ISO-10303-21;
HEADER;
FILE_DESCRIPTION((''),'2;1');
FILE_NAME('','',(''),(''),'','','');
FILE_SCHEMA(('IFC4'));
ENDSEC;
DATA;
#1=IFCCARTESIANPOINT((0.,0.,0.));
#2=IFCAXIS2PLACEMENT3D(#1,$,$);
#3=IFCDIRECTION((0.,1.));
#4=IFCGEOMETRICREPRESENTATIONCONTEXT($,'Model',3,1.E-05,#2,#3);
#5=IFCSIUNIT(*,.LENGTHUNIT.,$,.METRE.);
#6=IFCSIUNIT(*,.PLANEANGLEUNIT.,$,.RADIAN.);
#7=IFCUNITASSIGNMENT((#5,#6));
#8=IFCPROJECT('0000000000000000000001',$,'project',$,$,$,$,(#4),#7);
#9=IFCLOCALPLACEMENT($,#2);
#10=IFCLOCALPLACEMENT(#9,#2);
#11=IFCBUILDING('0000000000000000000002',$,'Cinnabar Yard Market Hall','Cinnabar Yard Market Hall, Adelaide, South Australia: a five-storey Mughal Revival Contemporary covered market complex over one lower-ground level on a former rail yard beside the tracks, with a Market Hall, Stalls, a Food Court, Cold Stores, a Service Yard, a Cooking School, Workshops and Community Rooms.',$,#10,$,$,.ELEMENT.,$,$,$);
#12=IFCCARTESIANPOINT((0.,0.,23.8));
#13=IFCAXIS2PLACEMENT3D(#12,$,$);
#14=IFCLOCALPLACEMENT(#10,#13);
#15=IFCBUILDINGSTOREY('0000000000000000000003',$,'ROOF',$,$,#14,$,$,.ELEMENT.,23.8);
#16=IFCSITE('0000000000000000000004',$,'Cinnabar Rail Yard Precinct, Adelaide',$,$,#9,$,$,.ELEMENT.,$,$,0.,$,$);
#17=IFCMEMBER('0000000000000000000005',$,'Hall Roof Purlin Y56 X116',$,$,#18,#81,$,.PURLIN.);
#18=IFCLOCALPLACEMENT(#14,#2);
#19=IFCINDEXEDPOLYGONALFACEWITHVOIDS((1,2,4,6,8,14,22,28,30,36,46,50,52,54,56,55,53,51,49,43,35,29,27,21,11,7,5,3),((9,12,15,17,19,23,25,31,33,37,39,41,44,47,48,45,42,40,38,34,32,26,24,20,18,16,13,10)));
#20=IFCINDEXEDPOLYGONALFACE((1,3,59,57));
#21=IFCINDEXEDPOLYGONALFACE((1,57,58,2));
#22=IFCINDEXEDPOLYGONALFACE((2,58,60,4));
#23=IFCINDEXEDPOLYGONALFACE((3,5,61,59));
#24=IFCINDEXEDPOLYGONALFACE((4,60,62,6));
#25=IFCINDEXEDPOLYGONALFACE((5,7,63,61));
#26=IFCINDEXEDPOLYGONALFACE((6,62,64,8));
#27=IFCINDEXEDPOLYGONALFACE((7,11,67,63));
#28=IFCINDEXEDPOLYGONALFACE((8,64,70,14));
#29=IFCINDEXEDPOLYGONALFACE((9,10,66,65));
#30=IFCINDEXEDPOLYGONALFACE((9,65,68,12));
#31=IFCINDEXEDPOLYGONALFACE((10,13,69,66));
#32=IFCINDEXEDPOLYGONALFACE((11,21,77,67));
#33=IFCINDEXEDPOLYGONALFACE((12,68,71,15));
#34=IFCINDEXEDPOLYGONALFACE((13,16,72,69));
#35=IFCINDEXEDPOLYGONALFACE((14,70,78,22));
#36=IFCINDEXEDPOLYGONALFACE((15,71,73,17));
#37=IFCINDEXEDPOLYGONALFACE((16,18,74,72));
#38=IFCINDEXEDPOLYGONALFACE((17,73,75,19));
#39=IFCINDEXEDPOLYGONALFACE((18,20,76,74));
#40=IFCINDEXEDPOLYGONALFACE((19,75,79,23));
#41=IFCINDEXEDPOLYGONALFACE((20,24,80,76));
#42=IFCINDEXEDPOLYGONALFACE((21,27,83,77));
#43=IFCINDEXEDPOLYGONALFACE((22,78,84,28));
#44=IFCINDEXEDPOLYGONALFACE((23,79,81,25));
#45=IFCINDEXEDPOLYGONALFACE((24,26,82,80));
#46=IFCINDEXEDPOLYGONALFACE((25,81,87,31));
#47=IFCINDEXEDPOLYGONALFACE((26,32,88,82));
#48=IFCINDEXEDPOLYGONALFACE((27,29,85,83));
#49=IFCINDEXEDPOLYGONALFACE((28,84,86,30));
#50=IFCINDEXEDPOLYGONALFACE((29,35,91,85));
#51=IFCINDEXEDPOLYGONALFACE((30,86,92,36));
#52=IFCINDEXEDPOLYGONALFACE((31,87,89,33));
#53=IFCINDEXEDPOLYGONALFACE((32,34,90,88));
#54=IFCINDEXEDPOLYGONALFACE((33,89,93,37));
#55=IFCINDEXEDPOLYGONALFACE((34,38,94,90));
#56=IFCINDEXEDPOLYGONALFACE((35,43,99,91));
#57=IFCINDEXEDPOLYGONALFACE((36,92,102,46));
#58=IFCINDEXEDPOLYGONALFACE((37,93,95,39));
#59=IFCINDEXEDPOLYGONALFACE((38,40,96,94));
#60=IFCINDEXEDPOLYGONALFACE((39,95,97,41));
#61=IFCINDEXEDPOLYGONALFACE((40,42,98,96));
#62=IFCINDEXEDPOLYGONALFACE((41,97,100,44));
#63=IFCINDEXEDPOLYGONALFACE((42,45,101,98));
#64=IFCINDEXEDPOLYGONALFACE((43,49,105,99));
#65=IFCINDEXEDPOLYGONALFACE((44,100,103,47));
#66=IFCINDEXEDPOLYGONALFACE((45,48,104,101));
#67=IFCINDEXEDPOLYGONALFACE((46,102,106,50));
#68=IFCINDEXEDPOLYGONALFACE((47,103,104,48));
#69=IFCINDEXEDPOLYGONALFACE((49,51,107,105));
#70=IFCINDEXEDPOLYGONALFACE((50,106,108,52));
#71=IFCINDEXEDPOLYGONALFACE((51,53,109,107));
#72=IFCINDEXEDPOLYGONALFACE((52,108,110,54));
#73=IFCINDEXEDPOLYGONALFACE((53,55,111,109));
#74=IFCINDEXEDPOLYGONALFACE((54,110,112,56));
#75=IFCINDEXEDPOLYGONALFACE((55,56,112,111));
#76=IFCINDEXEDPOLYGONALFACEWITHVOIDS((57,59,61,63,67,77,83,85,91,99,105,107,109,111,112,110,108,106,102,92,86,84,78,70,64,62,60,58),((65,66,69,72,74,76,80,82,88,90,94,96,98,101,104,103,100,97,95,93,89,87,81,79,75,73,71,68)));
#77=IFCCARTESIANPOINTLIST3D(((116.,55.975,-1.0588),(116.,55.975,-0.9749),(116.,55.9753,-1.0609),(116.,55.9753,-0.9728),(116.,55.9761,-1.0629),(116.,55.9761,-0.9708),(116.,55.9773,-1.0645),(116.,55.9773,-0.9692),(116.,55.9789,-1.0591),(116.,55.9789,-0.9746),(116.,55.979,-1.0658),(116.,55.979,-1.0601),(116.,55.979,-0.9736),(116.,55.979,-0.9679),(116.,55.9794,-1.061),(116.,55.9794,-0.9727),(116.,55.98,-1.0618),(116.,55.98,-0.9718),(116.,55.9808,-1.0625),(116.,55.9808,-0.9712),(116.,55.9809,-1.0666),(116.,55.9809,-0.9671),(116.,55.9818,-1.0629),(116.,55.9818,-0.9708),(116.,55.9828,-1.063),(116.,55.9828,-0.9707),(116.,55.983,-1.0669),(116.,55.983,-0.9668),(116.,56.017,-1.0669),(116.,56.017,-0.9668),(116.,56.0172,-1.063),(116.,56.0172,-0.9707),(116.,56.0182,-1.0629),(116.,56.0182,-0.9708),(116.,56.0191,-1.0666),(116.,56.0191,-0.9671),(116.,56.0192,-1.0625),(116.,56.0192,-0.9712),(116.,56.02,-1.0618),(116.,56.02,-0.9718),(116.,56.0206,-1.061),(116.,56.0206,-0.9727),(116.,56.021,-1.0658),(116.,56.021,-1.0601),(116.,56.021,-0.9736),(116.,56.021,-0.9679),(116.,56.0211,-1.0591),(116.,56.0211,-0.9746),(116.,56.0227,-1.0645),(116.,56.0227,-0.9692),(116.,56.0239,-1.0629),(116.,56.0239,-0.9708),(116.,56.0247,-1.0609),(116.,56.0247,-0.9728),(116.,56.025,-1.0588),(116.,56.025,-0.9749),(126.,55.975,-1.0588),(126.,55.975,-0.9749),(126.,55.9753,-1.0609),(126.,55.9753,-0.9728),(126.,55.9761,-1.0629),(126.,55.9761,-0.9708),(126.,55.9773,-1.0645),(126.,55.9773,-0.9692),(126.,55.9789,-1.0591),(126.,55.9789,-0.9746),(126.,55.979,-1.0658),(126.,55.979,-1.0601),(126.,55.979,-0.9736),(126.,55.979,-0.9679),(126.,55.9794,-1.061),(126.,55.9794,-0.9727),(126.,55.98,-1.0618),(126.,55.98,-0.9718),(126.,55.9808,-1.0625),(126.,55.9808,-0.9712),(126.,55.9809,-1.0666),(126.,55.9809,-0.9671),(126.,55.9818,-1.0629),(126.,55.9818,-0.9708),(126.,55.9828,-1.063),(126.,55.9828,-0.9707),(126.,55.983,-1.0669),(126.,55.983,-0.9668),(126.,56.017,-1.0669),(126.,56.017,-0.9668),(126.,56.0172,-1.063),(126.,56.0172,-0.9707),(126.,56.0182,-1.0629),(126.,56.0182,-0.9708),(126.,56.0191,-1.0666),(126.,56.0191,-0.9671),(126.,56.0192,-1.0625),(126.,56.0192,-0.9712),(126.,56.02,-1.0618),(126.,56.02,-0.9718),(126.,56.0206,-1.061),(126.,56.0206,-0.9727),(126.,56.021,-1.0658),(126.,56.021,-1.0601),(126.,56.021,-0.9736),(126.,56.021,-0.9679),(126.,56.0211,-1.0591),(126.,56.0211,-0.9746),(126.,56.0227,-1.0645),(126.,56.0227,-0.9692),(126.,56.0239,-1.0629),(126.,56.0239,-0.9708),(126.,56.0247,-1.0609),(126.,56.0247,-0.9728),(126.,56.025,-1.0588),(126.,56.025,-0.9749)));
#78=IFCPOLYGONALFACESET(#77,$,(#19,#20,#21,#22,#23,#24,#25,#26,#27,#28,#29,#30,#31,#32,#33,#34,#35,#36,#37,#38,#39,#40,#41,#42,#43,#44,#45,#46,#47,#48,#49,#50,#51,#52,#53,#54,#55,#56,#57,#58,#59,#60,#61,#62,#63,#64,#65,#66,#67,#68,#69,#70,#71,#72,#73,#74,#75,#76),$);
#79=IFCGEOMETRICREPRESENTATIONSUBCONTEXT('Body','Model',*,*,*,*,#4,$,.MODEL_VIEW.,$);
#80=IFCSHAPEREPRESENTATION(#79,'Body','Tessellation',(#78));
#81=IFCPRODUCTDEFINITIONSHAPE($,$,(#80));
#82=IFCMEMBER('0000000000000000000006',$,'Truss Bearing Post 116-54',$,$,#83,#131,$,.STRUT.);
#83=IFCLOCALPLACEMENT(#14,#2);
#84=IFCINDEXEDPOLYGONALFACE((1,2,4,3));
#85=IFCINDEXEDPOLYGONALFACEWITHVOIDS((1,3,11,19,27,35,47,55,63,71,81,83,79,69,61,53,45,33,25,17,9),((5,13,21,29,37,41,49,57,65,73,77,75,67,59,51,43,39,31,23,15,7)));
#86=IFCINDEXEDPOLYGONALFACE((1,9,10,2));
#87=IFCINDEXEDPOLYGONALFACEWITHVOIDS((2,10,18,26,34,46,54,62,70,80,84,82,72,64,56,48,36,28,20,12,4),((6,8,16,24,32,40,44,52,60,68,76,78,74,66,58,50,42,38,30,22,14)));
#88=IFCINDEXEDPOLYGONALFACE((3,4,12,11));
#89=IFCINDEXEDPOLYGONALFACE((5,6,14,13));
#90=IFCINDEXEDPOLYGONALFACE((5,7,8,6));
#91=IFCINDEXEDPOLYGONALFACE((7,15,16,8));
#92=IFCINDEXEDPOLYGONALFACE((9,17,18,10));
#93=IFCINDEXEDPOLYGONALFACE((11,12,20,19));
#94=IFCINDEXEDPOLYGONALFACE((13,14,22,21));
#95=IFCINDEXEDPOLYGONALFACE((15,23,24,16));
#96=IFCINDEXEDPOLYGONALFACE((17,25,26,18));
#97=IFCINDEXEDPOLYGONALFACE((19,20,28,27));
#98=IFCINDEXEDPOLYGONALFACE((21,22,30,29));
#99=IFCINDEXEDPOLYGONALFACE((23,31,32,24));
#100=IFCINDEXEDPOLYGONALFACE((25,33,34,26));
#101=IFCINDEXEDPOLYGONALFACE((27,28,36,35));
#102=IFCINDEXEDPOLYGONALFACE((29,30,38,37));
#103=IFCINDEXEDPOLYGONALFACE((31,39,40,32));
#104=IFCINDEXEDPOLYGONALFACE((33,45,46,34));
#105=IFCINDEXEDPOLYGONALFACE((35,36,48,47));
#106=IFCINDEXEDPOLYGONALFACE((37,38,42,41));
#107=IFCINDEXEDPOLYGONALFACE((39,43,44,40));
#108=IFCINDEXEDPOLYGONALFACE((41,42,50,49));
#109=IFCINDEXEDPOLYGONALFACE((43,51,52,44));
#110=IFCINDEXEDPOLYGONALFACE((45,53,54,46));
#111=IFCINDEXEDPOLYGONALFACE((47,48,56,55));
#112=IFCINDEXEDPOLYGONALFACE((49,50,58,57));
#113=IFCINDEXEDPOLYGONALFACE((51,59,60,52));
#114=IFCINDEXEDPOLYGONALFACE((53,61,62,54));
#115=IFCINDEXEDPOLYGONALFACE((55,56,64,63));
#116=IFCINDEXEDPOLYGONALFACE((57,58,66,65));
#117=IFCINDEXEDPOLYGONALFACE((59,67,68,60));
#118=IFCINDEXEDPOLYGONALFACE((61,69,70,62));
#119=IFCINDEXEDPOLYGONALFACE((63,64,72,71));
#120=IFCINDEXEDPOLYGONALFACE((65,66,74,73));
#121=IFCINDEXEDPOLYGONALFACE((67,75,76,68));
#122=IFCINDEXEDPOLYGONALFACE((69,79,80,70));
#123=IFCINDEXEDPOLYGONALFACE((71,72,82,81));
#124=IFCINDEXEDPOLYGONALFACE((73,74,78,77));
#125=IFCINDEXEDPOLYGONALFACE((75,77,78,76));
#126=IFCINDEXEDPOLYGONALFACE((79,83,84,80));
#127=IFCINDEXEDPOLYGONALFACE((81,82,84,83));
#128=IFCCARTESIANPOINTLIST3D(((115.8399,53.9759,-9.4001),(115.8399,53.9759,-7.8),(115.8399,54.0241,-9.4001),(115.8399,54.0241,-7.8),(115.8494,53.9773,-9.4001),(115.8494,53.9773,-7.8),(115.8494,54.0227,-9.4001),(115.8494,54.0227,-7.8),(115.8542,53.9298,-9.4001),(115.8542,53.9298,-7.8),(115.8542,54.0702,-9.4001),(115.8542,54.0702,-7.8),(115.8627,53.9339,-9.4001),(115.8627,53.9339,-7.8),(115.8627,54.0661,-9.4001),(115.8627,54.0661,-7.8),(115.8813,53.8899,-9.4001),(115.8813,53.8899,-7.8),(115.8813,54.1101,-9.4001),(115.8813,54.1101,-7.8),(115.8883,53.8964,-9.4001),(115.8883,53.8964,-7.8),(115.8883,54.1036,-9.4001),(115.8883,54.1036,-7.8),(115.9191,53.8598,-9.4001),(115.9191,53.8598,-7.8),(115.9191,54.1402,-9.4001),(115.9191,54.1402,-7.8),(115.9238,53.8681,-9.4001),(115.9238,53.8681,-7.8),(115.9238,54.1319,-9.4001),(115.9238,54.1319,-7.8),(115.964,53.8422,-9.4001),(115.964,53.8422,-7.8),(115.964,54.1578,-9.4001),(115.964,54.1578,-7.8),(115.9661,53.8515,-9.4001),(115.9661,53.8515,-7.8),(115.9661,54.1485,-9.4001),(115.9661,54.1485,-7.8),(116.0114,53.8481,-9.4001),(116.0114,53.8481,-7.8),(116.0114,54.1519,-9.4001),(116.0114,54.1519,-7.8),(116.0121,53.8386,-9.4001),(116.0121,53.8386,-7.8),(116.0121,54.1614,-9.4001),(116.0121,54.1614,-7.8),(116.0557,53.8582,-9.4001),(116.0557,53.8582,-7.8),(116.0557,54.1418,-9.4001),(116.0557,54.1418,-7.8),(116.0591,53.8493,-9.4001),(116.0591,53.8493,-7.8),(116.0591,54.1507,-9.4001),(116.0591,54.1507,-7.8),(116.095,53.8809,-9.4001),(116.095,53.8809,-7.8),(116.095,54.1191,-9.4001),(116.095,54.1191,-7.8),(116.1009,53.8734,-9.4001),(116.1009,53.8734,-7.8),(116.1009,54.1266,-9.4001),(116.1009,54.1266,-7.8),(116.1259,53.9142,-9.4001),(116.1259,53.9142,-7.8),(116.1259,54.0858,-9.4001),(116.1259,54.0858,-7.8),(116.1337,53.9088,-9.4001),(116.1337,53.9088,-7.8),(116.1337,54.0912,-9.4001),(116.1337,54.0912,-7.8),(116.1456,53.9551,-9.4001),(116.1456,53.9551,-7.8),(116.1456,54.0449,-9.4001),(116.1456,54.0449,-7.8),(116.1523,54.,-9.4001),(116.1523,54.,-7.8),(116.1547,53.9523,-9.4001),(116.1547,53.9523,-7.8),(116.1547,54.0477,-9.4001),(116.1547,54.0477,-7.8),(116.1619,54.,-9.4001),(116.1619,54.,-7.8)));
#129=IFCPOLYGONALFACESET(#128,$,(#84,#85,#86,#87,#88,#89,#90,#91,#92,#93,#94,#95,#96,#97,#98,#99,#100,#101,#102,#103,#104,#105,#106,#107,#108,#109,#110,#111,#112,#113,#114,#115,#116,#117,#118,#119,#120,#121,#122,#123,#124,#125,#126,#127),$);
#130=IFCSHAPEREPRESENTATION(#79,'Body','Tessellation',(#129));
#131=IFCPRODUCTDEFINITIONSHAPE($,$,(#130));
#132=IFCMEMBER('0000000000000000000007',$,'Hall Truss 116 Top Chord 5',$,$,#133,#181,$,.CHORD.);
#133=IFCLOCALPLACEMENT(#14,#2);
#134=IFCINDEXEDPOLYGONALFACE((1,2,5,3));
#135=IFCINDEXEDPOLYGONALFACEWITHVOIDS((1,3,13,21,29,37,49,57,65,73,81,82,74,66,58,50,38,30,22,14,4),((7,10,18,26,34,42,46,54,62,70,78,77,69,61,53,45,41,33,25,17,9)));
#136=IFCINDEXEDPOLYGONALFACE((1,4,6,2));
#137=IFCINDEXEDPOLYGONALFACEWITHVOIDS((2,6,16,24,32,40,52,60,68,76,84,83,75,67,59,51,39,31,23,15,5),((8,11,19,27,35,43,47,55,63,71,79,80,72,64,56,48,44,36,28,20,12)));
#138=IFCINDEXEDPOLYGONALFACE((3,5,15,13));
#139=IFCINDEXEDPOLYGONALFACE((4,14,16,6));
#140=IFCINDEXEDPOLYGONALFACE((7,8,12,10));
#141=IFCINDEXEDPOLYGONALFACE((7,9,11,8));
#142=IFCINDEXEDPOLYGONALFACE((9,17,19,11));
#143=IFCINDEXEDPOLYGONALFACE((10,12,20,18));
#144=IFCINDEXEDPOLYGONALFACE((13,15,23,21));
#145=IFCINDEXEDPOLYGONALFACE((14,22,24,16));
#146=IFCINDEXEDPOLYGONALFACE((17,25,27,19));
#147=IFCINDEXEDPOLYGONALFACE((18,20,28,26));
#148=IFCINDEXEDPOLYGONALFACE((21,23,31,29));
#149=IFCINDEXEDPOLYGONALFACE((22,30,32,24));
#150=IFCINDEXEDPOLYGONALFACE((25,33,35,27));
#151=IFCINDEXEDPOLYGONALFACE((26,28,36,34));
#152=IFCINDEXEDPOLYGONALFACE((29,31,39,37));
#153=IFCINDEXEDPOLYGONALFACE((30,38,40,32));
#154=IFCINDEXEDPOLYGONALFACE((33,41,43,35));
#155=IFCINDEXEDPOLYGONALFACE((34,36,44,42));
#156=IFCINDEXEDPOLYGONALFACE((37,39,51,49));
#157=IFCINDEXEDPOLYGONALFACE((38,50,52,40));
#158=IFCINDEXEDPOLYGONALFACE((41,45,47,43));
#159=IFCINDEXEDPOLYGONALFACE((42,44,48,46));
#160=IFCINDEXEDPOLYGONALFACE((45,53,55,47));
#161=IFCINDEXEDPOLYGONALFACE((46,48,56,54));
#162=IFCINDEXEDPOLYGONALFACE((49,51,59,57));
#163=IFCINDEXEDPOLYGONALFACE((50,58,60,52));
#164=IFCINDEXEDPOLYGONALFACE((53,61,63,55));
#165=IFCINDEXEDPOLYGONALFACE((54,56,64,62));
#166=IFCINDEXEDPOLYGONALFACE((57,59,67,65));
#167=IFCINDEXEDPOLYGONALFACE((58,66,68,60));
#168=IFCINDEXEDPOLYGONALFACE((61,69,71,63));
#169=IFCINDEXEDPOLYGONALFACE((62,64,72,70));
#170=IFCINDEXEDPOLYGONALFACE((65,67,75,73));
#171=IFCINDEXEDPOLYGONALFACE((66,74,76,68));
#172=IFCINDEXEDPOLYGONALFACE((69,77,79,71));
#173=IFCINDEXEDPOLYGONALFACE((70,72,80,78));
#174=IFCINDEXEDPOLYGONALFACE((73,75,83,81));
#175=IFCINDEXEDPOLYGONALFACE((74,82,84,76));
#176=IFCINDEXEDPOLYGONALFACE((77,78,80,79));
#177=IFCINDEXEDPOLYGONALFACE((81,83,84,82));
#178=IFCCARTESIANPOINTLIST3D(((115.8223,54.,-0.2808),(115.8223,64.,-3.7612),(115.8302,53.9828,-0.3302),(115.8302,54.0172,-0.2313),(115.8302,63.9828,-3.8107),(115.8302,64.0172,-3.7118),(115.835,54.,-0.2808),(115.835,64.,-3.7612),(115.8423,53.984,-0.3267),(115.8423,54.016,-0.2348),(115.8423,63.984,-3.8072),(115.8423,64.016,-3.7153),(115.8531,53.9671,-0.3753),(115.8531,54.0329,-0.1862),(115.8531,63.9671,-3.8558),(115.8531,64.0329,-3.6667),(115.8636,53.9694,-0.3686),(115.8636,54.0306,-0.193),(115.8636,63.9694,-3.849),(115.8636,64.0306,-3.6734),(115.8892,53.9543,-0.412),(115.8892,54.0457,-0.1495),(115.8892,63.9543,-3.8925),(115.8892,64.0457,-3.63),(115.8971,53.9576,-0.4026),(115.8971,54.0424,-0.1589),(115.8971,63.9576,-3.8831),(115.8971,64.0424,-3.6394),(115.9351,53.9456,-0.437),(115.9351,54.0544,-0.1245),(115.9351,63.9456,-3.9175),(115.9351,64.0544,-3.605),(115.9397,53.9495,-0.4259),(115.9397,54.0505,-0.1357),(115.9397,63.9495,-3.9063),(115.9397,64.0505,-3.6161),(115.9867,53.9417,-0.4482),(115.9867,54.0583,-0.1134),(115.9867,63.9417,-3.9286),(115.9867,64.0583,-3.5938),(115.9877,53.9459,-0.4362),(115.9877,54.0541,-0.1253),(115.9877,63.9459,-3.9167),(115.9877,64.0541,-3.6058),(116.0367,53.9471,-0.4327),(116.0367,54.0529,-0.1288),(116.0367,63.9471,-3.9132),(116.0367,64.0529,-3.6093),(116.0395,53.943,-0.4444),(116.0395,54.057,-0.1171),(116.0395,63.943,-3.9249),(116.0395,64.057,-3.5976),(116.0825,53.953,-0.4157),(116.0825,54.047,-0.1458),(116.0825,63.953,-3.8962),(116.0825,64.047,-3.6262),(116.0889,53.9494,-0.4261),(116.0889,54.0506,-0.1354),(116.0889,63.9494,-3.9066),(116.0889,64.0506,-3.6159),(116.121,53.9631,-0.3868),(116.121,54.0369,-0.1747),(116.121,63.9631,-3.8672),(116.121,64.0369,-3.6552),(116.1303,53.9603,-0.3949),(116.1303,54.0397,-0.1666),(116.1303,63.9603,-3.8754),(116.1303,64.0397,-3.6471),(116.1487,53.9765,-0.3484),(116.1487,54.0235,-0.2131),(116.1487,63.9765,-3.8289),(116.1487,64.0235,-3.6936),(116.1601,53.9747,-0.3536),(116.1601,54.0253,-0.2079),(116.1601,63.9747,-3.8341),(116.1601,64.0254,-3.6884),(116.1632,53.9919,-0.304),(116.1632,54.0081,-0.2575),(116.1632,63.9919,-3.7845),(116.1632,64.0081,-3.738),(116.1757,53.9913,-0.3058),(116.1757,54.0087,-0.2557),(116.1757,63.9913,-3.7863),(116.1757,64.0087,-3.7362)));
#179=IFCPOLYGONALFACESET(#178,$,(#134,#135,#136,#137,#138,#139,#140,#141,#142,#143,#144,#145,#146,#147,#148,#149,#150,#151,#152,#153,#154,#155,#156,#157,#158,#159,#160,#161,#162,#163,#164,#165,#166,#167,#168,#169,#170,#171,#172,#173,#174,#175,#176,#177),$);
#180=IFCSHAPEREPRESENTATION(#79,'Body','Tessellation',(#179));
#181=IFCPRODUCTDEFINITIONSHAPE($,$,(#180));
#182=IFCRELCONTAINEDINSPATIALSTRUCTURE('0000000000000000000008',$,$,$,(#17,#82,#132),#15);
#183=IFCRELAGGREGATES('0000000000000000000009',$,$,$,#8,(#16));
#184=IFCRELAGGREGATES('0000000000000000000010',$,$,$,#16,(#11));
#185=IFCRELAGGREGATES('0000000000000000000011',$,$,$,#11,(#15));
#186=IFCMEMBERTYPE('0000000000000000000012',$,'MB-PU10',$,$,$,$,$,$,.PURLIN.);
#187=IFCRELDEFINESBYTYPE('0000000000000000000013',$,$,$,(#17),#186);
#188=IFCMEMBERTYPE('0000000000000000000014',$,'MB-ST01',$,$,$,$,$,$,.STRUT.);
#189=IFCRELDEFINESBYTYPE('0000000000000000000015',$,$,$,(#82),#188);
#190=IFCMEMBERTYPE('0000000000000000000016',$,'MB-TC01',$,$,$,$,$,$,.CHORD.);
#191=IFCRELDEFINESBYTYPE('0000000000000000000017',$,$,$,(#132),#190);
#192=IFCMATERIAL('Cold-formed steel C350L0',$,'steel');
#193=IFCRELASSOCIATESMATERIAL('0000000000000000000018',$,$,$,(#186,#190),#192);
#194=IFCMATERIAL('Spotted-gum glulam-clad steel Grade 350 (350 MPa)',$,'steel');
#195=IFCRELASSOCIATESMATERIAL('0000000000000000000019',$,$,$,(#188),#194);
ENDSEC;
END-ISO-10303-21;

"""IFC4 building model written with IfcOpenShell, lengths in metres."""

from ifc_helpers import new_model, si_unit, direction, frame, origin, origin_2d_with_axis, place, context, subcontext, project, spatial, hollow_rectangle, hollow_circle, extrude, material, material_profile, profile_set, type_object, element, save


model = new_model("IFC4")

# Units and contexts
model_context = context("Model", 3, precision=1e-05, world=origin(), true_north=direction((0.0, 1.0)))
body_context = subcontext(model_context, "Body", "Model", "MODEL_VIEW")
ifc_project = project(units=[si_unit("LENGTHUNIT", "METRE"), si_unit("PLANEANGLEUNIT", "RADIAN")], contexts=[model_context])

# Site, building, storey
site_placement = place(None, origin())
site = spatial("IfcSite", under=ifc_project, at=site_placement, Name="Cinnabar Rail Yard Precinct, Adelaide", CompositionType="ELEMENT", RefElevation=0.0)
building_placement = place(site_placement, origin())
building = spatial("IfcBuilding", under=site, at=building_placement, Name="Cinnabar Yard Market Hall", Description="Cinnabar Yard Market Hall, Adelaide, South Australia: a five-storey Mughal Revival Contemporary covered market complex over one lower-ground level on a former rail yard beside the tracks, with a Market Hall, Stalls, a Food Court, Cold Stores, a Service Yard, a Cooking School, Workshops and Community Rooms.", CompositionType="ELEMENT")
storey_placement = place(building_placement, frame((0.0, 0.0, 23.8)))
storey = spatial("IfcBuildingStorey", under=building, at=storey_placement, Name="ROOF", CompositionType="ELEMENT", Elevation=23.8)

# Members
ifc_material_1 = material(Name="Cold-formed steel C350L0", Category="steel")
ifc_material_profile_1 = material_profile(ifc_material_1, hollow_rectangle(XDim=0.05, YDim=0.1001, WallThickness=0.0039, InnerFilletRadius=0.0039, OuterFilletRadius=0.0081, at=origin_2d_with_axis()), Name="100x50x4.0RHS")
ifc_profile_set_1 = profile_set([ifc_material_profile_1], Name="Cold-formed steel C350L0")
member_type_1 = type_object("IfcMemberType", Name="MB-PU10", PredefinedType="PURLIN", material=ifc_profile_set_1)
member_1_placement = place(storey_placement, frame((116.0, 56.0, -1.0168), z_axis=(1.0, 0.0, 0.0), x_axis=(0.0, 1.0, 0.0)))
element("IfcMember", 1, at=member_1_placement, inside=storey, type_object=member_type_1, Name="Hall Roof Purlin Y56 X116", PredefinedType="PURLIN", context=body_context, shape_type="SweptSolid", body=[
    extrude(hollow_rectangle(XDim=0.05, YDim=0.1001, WallThickness=0.0039, InnerFilletRadius=0.0039, OuterFilletRadius=0.0081, at=origin_2d_with_axis()), origin(), (0.0, 0.0, 1.0), 10.0),
])
ifc_material_2 = material(Name="Spotted-gum glulam-clad steel Grade 350 (350 MPa)", Category="steel")
ifc_material_profile_2 = material_profile(ifc_material_2, hollow_circle(Radius=0.1619, WallThickness=0.0095, at=origin_2d_with_axis()), Name="323.9x9.5CHS")
ifc_profile_set_2 = profile_set([ifc_material_profile_2], Name="Spotted-gum glulam-clad steel Grade 350 (350 MPa)")
member_type_2 = type_object("IfcMemberType", Name="MB-ST01", PredefinedType="STRUT", material=ifc_profile_set_2)
member_2_placement = place(storey_placement, frame((116.0, 54.0, -9.4001), z_axis=(0.0, 0.0, 1.0), x_axis=(1.0, 0.0, 0.0)))
element("IfcMember", 2, at=member_2_placement, inside=storey, type_object=member_type_2, Name="Truss Bearing Post 116-54", PredefinedType="STRUT", context=body_context, shape_type="SweptSolid", body=[
    extrude(hollow_circle(Radius=0.1619, WallThickness=0.0095, at=origin_2d_with_axis()), origin(), (0.0, 0.0, 1.0), 1.6001),
])
ifc_material_profile_3 = material_profile(ifc_material_1, hollow_circle(Radius=0.1777, WallThickness=0.0127, at=origin_2d_with_axis()), Name="355.6x12.7CHS")
ifc_profile_set_3 = profile_set([ifc_material_profile_3], Name="Cold-formed steel C350L0")
member_type_3 = type_object("IfcMemberType", Name="MB-TC01", PredefinedType="CHORD", material=ifc_profile_set_3)
member_3_placement = place(storey_placement, frame((116.0, 54.0, -0.2808), z_axis=(0.0, 0.944432, -0.328707), x_axis=(-1.0, 0.0, 0.0)))
element("IfcMember", 3, at=member_3_placement, inside=storey, type_object=member_type_3, Name="Hall Truss 116 Top Chord 5", PredefinedType="CHORD", context=body_context, shape_type="SweptSolid", body=[
    extrude(hollow_circle(Radius=0.1777, WallThickness=0.0127, at=origin_2d_with_axis()), origin(), (0.0, 0.0, 1.0), 10.5884),
])

save(model, "model.ifc")
